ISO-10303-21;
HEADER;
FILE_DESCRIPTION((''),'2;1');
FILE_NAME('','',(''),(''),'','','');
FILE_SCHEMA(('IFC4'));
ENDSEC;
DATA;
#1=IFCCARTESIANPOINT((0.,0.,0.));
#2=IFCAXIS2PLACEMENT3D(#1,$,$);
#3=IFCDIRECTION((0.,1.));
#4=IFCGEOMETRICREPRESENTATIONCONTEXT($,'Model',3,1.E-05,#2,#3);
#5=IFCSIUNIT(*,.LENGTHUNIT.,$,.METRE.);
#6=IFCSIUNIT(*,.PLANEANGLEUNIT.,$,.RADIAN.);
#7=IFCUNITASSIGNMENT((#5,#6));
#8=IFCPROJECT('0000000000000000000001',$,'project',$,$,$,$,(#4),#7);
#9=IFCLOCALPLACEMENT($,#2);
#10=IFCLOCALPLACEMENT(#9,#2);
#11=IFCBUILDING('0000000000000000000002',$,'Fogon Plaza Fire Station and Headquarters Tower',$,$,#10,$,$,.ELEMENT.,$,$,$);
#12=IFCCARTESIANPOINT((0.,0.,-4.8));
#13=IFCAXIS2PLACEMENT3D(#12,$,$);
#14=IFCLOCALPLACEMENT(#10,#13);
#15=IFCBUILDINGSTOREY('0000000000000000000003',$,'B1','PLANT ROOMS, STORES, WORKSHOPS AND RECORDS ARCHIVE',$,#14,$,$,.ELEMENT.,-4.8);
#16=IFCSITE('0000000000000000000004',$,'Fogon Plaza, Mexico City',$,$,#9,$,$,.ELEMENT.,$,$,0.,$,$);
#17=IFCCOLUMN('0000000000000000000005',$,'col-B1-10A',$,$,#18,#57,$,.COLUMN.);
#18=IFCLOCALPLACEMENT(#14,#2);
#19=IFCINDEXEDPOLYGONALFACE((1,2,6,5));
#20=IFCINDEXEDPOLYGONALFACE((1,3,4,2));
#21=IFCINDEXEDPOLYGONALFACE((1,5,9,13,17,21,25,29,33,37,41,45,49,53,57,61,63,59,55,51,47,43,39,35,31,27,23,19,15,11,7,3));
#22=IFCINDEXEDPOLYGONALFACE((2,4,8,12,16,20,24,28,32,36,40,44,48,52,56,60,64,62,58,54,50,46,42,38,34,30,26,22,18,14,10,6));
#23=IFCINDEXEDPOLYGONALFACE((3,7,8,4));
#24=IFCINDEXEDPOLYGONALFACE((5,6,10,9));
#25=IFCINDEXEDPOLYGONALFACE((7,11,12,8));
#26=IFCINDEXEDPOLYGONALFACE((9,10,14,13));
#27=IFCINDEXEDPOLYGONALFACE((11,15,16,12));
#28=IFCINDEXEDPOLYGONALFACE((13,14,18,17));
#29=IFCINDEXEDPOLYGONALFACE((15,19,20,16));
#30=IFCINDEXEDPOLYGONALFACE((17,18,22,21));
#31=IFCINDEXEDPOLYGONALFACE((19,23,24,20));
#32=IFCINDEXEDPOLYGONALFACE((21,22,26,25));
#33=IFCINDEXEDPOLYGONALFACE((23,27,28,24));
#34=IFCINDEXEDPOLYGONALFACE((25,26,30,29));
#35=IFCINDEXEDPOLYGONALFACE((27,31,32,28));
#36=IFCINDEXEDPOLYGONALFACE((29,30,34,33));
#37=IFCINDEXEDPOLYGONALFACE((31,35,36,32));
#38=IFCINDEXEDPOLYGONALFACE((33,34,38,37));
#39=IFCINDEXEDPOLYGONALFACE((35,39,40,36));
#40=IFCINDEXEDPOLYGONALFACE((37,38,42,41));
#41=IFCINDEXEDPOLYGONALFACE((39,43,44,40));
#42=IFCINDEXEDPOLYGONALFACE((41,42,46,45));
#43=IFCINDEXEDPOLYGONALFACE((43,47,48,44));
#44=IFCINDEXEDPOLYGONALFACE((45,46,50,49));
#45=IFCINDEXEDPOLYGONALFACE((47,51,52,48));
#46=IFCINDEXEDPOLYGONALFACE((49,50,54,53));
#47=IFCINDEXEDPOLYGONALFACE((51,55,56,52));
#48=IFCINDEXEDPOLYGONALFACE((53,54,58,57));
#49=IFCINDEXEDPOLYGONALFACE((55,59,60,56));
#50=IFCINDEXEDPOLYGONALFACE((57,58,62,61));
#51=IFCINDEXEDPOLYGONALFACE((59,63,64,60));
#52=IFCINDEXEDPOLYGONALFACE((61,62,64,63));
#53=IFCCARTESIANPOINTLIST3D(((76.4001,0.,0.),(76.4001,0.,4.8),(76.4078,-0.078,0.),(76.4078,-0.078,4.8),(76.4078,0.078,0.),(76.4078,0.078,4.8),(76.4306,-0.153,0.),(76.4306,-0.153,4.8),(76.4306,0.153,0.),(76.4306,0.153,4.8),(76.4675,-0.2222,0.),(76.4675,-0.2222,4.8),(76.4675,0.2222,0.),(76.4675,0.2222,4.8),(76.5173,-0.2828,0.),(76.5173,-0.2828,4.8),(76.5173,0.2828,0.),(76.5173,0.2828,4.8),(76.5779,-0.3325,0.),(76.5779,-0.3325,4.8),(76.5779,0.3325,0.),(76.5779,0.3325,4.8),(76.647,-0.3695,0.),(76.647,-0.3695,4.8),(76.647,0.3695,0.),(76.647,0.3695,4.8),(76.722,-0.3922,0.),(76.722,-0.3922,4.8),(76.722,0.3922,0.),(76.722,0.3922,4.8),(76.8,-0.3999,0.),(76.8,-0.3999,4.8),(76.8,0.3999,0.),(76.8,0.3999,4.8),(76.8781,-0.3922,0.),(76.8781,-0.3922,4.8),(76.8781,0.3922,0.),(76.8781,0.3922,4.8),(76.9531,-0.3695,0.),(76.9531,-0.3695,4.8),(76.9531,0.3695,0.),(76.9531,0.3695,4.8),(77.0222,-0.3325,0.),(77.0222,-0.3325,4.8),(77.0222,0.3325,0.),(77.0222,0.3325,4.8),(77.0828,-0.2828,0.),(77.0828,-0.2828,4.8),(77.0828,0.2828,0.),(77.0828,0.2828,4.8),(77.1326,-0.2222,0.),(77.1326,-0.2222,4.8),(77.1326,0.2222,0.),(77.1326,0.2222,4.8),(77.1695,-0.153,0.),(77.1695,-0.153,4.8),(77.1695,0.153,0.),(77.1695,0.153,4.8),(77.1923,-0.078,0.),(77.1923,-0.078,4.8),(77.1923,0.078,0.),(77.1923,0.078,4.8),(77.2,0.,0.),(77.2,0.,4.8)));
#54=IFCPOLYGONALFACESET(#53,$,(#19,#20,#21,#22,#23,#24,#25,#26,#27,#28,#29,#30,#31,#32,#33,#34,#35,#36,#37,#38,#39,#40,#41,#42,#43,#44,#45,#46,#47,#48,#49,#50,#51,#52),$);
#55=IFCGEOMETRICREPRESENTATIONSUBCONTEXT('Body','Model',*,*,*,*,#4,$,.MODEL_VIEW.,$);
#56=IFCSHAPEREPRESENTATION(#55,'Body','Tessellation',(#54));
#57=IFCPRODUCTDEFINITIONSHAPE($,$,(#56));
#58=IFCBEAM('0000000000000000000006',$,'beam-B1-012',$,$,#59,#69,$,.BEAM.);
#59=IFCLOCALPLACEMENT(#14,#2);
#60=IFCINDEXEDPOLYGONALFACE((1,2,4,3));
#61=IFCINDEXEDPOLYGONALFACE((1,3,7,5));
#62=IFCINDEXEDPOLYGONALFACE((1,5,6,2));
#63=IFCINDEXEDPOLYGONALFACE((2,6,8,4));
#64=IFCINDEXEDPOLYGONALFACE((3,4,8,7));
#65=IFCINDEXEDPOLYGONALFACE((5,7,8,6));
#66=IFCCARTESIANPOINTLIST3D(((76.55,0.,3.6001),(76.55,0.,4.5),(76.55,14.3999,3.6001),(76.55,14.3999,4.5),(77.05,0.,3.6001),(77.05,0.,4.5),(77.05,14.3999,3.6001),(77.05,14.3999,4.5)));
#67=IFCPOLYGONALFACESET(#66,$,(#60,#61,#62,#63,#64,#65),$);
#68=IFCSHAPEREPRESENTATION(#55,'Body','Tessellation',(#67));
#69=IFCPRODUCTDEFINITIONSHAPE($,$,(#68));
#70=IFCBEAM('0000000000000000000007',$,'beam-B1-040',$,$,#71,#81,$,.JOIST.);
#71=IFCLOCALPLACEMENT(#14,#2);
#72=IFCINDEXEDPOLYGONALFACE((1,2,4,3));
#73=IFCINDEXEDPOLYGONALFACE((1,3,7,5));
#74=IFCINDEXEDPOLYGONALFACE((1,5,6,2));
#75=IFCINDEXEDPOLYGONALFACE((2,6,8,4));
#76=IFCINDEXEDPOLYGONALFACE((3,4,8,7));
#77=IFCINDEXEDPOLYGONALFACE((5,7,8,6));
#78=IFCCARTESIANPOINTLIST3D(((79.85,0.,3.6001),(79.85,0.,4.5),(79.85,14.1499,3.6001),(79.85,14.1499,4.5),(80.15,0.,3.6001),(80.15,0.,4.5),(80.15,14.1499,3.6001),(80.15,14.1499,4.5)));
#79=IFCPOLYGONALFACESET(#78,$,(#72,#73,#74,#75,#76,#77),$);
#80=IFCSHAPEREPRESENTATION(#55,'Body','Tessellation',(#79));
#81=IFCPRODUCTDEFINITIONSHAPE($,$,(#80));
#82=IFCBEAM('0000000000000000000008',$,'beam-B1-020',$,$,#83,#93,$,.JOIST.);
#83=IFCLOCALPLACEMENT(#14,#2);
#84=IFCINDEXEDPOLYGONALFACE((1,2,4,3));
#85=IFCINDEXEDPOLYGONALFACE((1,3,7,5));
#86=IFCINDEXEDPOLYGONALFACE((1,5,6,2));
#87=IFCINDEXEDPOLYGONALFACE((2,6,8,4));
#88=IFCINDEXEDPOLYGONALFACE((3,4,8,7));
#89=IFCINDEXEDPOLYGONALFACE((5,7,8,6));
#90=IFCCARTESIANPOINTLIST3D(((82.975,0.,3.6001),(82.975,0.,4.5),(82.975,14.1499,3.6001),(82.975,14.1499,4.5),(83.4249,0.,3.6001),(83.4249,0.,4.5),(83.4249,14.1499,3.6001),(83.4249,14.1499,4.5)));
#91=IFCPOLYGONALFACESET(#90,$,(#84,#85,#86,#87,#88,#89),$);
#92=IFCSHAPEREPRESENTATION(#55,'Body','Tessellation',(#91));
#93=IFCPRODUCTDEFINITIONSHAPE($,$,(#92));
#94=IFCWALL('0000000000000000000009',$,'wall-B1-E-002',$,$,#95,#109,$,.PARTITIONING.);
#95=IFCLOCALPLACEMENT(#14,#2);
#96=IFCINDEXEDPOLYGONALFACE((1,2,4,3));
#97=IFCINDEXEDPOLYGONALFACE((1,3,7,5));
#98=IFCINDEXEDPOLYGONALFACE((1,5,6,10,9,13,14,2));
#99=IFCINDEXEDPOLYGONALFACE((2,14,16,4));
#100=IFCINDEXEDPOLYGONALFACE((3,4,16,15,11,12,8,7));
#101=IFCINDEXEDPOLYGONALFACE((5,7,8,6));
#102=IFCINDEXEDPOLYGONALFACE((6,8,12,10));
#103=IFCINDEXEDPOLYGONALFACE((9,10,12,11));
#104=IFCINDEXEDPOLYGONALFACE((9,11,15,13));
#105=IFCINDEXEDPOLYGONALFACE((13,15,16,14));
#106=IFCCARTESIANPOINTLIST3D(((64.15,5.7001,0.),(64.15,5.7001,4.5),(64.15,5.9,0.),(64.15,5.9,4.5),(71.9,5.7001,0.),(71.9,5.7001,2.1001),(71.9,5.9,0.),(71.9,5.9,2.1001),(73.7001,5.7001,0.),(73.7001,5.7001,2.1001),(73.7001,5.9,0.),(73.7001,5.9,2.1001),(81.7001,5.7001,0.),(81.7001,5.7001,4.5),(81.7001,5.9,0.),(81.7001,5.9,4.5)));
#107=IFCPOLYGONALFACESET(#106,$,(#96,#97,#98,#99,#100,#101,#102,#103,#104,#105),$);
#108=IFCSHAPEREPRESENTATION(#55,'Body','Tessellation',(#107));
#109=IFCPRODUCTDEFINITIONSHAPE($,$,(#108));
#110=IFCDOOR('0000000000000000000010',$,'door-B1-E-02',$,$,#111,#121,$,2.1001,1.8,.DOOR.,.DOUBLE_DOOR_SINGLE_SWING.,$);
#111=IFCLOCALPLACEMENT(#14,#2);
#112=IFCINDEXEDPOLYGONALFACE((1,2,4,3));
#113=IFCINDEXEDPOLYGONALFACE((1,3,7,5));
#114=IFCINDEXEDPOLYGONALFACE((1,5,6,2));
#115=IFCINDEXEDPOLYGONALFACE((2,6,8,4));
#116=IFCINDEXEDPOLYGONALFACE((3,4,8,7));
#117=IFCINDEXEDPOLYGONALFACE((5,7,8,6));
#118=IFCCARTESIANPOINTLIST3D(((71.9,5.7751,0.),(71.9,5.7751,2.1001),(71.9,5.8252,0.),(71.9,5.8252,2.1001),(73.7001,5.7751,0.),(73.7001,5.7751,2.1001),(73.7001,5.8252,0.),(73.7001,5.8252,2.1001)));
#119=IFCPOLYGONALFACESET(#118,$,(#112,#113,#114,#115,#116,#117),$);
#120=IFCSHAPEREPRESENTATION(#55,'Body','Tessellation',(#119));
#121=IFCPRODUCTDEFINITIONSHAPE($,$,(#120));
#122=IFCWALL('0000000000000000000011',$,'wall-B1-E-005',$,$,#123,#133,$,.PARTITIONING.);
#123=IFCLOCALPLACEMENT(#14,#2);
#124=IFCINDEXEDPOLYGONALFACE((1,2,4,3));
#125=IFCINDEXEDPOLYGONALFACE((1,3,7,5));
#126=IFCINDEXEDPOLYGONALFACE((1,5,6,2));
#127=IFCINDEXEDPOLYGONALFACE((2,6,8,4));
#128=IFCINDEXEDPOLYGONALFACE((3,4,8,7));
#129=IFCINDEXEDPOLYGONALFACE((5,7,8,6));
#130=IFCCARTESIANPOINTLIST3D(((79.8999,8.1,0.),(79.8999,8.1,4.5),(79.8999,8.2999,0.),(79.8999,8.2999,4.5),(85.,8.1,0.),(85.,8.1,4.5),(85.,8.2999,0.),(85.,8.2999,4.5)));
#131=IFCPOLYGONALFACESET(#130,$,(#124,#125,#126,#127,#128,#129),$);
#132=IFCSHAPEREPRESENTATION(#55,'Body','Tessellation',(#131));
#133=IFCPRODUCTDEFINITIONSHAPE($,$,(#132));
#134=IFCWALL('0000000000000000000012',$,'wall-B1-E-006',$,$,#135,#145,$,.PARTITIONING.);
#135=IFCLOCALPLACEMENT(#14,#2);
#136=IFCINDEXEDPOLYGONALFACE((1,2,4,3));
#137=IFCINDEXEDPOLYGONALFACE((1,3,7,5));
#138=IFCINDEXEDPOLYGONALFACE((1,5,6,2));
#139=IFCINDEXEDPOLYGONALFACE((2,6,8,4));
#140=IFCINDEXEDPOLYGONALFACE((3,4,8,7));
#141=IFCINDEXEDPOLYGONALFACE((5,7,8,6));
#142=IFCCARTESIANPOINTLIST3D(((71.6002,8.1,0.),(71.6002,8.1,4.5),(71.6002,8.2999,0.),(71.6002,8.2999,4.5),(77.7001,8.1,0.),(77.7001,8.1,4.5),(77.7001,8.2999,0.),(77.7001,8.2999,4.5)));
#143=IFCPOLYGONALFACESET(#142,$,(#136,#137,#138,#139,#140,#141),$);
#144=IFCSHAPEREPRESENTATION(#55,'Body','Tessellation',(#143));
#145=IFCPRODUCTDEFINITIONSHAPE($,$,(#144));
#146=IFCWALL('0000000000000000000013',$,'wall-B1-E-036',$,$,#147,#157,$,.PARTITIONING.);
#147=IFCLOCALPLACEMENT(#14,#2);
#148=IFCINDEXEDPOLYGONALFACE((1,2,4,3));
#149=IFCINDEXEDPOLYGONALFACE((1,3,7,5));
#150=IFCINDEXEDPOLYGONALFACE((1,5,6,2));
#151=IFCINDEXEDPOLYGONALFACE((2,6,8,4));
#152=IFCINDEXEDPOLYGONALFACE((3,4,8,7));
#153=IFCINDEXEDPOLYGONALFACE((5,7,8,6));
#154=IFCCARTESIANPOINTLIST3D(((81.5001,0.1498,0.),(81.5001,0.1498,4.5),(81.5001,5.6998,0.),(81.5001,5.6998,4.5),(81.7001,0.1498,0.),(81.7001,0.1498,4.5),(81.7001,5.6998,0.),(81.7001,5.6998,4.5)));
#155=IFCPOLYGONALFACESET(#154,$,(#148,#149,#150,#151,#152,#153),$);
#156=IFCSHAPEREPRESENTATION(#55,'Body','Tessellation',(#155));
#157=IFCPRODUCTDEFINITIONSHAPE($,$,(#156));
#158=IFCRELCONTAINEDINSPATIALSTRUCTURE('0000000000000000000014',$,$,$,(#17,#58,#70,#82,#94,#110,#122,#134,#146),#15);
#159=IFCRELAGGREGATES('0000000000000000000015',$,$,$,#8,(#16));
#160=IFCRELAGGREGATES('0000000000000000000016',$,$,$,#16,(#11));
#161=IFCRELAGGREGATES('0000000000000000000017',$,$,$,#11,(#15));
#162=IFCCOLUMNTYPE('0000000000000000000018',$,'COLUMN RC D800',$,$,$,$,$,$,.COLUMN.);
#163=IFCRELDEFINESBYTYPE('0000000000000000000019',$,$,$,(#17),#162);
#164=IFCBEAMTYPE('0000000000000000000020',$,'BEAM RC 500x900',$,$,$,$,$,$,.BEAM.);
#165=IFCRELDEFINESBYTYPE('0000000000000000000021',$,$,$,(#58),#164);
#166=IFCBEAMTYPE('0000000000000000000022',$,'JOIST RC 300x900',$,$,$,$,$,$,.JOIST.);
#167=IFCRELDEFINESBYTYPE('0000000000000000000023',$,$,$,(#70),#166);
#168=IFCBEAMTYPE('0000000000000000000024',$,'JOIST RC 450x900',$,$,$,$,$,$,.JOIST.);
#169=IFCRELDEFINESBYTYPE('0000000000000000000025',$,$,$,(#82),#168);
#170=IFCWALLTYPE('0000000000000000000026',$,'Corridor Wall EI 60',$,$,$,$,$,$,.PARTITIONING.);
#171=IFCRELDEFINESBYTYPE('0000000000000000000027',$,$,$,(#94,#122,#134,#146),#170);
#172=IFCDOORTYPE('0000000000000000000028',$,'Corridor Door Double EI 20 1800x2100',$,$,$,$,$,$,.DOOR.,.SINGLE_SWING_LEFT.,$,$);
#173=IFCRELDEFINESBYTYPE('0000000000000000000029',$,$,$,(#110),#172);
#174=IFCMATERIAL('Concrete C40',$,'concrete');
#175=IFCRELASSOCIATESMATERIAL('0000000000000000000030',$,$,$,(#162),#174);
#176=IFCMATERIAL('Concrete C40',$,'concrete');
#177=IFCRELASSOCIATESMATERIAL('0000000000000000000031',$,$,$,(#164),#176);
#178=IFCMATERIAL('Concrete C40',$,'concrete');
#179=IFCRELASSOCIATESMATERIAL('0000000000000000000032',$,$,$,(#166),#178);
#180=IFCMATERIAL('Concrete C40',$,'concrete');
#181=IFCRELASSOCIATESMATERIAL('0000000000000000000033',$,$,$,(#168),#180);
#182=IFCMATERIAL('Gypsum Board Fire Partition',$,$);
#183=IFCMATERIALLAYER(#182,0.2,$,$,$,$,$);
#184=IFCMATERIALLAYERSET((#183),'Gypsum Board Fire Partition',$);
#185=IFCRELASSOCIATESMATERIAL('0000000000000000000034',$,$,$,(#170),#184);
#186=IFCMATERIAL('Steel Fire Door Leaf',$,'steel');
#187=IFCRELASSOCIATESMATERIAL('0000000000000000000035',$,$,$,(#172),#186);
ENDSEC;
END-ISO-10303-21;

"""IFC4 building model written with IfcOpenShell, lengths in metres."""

from ifc_helpers import new_model, si_unit, direction, frame, frame_2d, origin, origin_2d, place, context, subcontext, project, spatial, rectangle, circle, extrude, material, layer, layer_set, material_profile, profile_set, type_object, element, fill, save


model = new_model("IFC4")

# Units and contexts
model_context = context("Model", 3, precision=1e-05, world=origin(), true_north=direction((0.0, 1.0)))
body_context = subcontext(model_context, "Body", "Model", "MODEL_VIEW")
ifc_project = project(units=[si_unit("LENGTHUNIT", "METRE"), si_unit("PLANEANGLEUNIT", "RADIAN")], contexts=[model_context])

# Site, building, storey
site_placement = place(None, origin())
site = spatial("IfcSite", under=ifc_project, at=site_placement, Name="Fogon Plaza, Mexico City", CompositionType="ELEMENT", RefElevation=0.0)
building_placement = place(site_placement, origin())
building = spatial("IfcBuilding", under=site, at=building_placement, Name="Fogon Plaza Fire Station and Headquarters Tower", CompositionType="ELEMENT")
storey_placement = place(building_placement, frame((0.0, 0.0, -4.8)))
storey = spatial("IfcBuildingStorey", under=building, at=storey_placement, Name="B1", Description="PLANT ROOMS, STORES, WORKSHOPS AND RECORDS ARCHIVE", CompositionType="ELEMENT", Elevation=-4.8)

# Column
ifc_material_1 = material(Name="Concrete C40", Category="concrete")
ifc_material_profile_1 = material_profile(ifc_material_1, circle(Radius=0.3999, at=origin_2d()), Name="RC D800")
ifc_profile_set_1 = profile_set([ifc_material_profile_1], Name="Concrete C40")
column_type = type_object("IfcColumnType", Name="COLUMN RC D800", PredefinedType="COLUMN", material=ifc_profile_set_1)
for number, where, z_axis, x_axis, name in (
    (1, (76.8, 0.0, 0.0), (0.0, 0.0, 1.0), (1.0, 0.0, 0.0), "col-B1-10A"),
):
    element("IfcColumn", number, at=place(storey_placement, frame(where, z_axis=z_axis, x_axis=x_axis)), inside=storey, type_object=column_type, Name=name, PredefinedType="COLUMN", context=body_context, shape_type="SweptSolid", body=[
        extrude(circle(Radius=0.3999, at=origin_2d()), origin(), (0.0, 0.0, 1.0), 4.8),
    ])

# Beams
ifc_material_2 = material(Name="Concrete C40", Category="concrete")
ifc_material_profile_2 = material_profile(ifc_material_2, rectangle(XDim=0.5, YDim=0.8999, at=origin_2d()), Name="RC 500x900")
ifc_profile_set_2 = profile_set([ifc_material_profile_2], Name="Concrete C40")
beam_type_1 = type_object("IfcBeamType", Name="BEAM RC 500x900", PredefinedType="BEAM", material=ifc_profile_set_2)
beam_1_placement = place(storey_placement, frame((76.8, 0.0, 4.05), z_axis=(0.0, 1.0, 0.0), x_axis=(-1.0, 0.0, 0.0)))
element("IfcBeam", 2, at=beam_1_placement, inside=storey, type_object=beam_type_1, Name="beam-B1-012", PredefinedType="BEAM", context=body_context, shape_type="SweptSolid", body=[
    extrude(rectangle(XDim=0.5, YDim=0.8999, at=origin_2d()), origin(), (0.0, 0.0, 1.0), 14.3999),
])
ifc_material_3 = material(Name="Concrete C40", Category="concrete")
ifc_material_profile_3 = material_profile(ifc_material_3, rectangle(XDim=0.3, YDim=0.8999, at=origin_2d()), Name="RC 300x900")
ifc_profile_set_3 = profile_set([ifc_material_profile_3], Name="Concrete C40")
beam_type_2 = type_object("IfcBeamType", Name="JOIST RC 300x900", PredefinedType="JOIST", material=ifc_profile_set_3)
beam_2_placement = place(storey_placement, frame((80.0, 0.0, 4.05), z_axis=(0.0, 1.0, 0.0), x_axis=(-1.0, 0.0, 0.0)))
element("IfcBeam", 3, at=beam_2_placement, inside=storey, type_object=beam_type_2, Name="beam-B1-040", PredefinedType="JOIST", context=body_context, shape_type="SweptSolid", body=[
    extrude(rectangle(XDim=0.3, YDim=0.8999, at=origin_2d()), origin(), (0.0, 0.0, 1.0), 14.1499),
])
ifc_material_4 = material(Name="Concrete C40", Category="concrete")
ifc_material_profile_4 = material_profile(ifc_material_4, rectangle(XDim=0.45, YDim=0.8999, at=origin_2d()), Name="RC 450x900")
ifc_profile_set_4 = profile_set([ifc_material_profile_4], Name="Concrete C40")
beam_type_3 = type_object("IfcBeamType", Name="JOIST RC 450x900", PredefinedType="JOIST", material=ifc_profile_set_4)
beam_3_placement = place(storey_placement, frame((83.2, 0.0, 4.05), z_axis=(0.0, 1.0, 0.0), x_axis=(-1.0, 0.0, 0.0)))
element("IfcBeam", 4, at=beam_3_placement, inside=storey, type_object=beam_type_3, Name="beam-B1-020", PredefinedType="JOIST", context=body_context, shape_type="SweptSolid", body=[
    extrude(rectangle(XDim=0.45, YDim=0.8999, at=origin_2d()), origin(), (0.0, 0.0, 1.0), 14.1499),
])

# Wall, opening, door
ifc_material_5 = material(Name="Gypsum Board Fire Partition")
ifc_layer_1 = layer(ifc_material_5, 0.2)
ifc_layer_set_1 = layer_set([ifc_layer_1], Name="Gypsum Board Fire Partition")
wall_type_1 = type_object("IfcWallType", Name="Corridor Wall EI 60", PredefinedType="PARTITIONING", material=ifc_layer_set_1)
wall_1_placement = place(storey_placement, frame((81.7, 5.8, 0.0), z_axis=(0.0, 0.0, 1.0), x_axis=(-1.0, 0.0, 0.0)))
wall_1 = element("IfcWall", 5, at=wall_1_placement, inside=storey, type_object=wall_type_1, Name="wall-B1-E-002", PredefinedType="PARTITIONING", context=body_context, shape_type="SweptSolid", body=[
    extrude(rectangle(XDim=17.55, YDim=0.2, at=frame_2d((8.7749, 0.0))), origin(), (0.0, 0.0, 1.0), 4.5),
])
opening_1_placement = place(wall_1_placement, frame((8.0, 0.0, 0.0)))
opening_1 = element("IfcOpeningElement", 6, at=opening_1_placement, cuts=wall_1, PredefinedType="OPENING", context=body_context, shape_type="SweptSolid", body=[
    extrude(rectangle(XDim=1.8, YDim=2.1001, at=frame_2d((0.8999, 1.05))), frame((0.0, 0.1099, 0.0), z_axis=(0.0, -1.0, 0.0), x_axis=(1.0, 0.0, 0.0)), (0.0, 0.0, 1.0), 0.22),
])
ifc_material_6 = material(Name="Steel Fire Door Leaf", Category="steel")
door_type_1 = type_object("IfcDoorType", Name="Corridor Door Double EI 20 1800x2100", OperationType="SINGLE_SWING_LEFT", PredefinedType="DOOR", material=ifc_material_6)
door_1_placement = place(opening_1_placement, origin())
door_1 = element("IfcDoor", 7, at=door_1_placement, inside=storey, type_object=door_type_1, Name="door-B1-E-02", OperationType="DOUBLE_DOOR_SINGLE_SWING", OverallHeight=2.1001, OverallWidth=1.8, PredefinedType="DOOR", context=body_context, shape_type="SweptSolid", body=[
    extrude(rectangle(XDim=1.8, YDim=2.1001, at=frame_2d((0.8999, 1.05))), frame((0.0, 0.0249, 0.0), z_axis=(0.0, -1.0, 0.0), x_axis=(1.0, 0.0, 0.0)), (0.0, 0.0, 1.0), 0.05),
])
fill(opening_1, door_1)

# Walls
wall_2_placement = place(storey_placement, frame((85.0, 8.2, 0.0), z_axis=(0.0, 0.0, 1.0), x_axis=(-1.0, 0.0, 0.0)))
element("IfcWall", 8, at=wall_2_placement, inside=storey, type_object=wall_type_1, Name="wall-B1-E-005", PredefinedType="PARTITIONING", context=body_context, shape_type="SweptSolid", body=[
    extrude(rectangle(XDim=5.1001, YDim=0.2, at=frame_2d((2.55, 0.0))), origin(), (0.0, 0.0, 1.0), 4.5),
])
wall_3_placement = place(storey_placement, frame((77.7, 8.2, 0.0), z_axis=(0.0, 0.0, 1.0), x_axis=(-1.0, 0.0, 0.0)))
element("IfcWall", 9, at=wall_3_placement, inside=storey, type_object=wall_type_1, Name="wall-B1-E-006", PredefinedType="PARTITIONING", context=body_context, shape_type="SweptSolid", body=[
    extrude(rectangle(XDim=6.0999, YDim=0.2, at=frame_2d((3.0498, 0.0))), origin(), (0.0, 0.0, 1.0), 4.5),
])
wall_4_placement = place(storey_placement, frame((81.6001, 0.1499, 0.0), z_axis=(0.0, 0.0, 1.0), x_axis=(0.0, 1.0, 0.0)))
element("IfcWall", 10, at=wall_4_placement, inside=storey, type_object=wall_type_1, Name="wall-B1-E-036", PredefinedType="PARTITIONING", context=body_context, shape_type="SweptSolid", body=[
    extrude(rectangle(XDim=5.55, YDim=0.2, at=frame_2d((2.7749, 0.0))), origin(), (0.0, 0.0, 1.0), 4.5),
])

save(model, "model.ifc")
